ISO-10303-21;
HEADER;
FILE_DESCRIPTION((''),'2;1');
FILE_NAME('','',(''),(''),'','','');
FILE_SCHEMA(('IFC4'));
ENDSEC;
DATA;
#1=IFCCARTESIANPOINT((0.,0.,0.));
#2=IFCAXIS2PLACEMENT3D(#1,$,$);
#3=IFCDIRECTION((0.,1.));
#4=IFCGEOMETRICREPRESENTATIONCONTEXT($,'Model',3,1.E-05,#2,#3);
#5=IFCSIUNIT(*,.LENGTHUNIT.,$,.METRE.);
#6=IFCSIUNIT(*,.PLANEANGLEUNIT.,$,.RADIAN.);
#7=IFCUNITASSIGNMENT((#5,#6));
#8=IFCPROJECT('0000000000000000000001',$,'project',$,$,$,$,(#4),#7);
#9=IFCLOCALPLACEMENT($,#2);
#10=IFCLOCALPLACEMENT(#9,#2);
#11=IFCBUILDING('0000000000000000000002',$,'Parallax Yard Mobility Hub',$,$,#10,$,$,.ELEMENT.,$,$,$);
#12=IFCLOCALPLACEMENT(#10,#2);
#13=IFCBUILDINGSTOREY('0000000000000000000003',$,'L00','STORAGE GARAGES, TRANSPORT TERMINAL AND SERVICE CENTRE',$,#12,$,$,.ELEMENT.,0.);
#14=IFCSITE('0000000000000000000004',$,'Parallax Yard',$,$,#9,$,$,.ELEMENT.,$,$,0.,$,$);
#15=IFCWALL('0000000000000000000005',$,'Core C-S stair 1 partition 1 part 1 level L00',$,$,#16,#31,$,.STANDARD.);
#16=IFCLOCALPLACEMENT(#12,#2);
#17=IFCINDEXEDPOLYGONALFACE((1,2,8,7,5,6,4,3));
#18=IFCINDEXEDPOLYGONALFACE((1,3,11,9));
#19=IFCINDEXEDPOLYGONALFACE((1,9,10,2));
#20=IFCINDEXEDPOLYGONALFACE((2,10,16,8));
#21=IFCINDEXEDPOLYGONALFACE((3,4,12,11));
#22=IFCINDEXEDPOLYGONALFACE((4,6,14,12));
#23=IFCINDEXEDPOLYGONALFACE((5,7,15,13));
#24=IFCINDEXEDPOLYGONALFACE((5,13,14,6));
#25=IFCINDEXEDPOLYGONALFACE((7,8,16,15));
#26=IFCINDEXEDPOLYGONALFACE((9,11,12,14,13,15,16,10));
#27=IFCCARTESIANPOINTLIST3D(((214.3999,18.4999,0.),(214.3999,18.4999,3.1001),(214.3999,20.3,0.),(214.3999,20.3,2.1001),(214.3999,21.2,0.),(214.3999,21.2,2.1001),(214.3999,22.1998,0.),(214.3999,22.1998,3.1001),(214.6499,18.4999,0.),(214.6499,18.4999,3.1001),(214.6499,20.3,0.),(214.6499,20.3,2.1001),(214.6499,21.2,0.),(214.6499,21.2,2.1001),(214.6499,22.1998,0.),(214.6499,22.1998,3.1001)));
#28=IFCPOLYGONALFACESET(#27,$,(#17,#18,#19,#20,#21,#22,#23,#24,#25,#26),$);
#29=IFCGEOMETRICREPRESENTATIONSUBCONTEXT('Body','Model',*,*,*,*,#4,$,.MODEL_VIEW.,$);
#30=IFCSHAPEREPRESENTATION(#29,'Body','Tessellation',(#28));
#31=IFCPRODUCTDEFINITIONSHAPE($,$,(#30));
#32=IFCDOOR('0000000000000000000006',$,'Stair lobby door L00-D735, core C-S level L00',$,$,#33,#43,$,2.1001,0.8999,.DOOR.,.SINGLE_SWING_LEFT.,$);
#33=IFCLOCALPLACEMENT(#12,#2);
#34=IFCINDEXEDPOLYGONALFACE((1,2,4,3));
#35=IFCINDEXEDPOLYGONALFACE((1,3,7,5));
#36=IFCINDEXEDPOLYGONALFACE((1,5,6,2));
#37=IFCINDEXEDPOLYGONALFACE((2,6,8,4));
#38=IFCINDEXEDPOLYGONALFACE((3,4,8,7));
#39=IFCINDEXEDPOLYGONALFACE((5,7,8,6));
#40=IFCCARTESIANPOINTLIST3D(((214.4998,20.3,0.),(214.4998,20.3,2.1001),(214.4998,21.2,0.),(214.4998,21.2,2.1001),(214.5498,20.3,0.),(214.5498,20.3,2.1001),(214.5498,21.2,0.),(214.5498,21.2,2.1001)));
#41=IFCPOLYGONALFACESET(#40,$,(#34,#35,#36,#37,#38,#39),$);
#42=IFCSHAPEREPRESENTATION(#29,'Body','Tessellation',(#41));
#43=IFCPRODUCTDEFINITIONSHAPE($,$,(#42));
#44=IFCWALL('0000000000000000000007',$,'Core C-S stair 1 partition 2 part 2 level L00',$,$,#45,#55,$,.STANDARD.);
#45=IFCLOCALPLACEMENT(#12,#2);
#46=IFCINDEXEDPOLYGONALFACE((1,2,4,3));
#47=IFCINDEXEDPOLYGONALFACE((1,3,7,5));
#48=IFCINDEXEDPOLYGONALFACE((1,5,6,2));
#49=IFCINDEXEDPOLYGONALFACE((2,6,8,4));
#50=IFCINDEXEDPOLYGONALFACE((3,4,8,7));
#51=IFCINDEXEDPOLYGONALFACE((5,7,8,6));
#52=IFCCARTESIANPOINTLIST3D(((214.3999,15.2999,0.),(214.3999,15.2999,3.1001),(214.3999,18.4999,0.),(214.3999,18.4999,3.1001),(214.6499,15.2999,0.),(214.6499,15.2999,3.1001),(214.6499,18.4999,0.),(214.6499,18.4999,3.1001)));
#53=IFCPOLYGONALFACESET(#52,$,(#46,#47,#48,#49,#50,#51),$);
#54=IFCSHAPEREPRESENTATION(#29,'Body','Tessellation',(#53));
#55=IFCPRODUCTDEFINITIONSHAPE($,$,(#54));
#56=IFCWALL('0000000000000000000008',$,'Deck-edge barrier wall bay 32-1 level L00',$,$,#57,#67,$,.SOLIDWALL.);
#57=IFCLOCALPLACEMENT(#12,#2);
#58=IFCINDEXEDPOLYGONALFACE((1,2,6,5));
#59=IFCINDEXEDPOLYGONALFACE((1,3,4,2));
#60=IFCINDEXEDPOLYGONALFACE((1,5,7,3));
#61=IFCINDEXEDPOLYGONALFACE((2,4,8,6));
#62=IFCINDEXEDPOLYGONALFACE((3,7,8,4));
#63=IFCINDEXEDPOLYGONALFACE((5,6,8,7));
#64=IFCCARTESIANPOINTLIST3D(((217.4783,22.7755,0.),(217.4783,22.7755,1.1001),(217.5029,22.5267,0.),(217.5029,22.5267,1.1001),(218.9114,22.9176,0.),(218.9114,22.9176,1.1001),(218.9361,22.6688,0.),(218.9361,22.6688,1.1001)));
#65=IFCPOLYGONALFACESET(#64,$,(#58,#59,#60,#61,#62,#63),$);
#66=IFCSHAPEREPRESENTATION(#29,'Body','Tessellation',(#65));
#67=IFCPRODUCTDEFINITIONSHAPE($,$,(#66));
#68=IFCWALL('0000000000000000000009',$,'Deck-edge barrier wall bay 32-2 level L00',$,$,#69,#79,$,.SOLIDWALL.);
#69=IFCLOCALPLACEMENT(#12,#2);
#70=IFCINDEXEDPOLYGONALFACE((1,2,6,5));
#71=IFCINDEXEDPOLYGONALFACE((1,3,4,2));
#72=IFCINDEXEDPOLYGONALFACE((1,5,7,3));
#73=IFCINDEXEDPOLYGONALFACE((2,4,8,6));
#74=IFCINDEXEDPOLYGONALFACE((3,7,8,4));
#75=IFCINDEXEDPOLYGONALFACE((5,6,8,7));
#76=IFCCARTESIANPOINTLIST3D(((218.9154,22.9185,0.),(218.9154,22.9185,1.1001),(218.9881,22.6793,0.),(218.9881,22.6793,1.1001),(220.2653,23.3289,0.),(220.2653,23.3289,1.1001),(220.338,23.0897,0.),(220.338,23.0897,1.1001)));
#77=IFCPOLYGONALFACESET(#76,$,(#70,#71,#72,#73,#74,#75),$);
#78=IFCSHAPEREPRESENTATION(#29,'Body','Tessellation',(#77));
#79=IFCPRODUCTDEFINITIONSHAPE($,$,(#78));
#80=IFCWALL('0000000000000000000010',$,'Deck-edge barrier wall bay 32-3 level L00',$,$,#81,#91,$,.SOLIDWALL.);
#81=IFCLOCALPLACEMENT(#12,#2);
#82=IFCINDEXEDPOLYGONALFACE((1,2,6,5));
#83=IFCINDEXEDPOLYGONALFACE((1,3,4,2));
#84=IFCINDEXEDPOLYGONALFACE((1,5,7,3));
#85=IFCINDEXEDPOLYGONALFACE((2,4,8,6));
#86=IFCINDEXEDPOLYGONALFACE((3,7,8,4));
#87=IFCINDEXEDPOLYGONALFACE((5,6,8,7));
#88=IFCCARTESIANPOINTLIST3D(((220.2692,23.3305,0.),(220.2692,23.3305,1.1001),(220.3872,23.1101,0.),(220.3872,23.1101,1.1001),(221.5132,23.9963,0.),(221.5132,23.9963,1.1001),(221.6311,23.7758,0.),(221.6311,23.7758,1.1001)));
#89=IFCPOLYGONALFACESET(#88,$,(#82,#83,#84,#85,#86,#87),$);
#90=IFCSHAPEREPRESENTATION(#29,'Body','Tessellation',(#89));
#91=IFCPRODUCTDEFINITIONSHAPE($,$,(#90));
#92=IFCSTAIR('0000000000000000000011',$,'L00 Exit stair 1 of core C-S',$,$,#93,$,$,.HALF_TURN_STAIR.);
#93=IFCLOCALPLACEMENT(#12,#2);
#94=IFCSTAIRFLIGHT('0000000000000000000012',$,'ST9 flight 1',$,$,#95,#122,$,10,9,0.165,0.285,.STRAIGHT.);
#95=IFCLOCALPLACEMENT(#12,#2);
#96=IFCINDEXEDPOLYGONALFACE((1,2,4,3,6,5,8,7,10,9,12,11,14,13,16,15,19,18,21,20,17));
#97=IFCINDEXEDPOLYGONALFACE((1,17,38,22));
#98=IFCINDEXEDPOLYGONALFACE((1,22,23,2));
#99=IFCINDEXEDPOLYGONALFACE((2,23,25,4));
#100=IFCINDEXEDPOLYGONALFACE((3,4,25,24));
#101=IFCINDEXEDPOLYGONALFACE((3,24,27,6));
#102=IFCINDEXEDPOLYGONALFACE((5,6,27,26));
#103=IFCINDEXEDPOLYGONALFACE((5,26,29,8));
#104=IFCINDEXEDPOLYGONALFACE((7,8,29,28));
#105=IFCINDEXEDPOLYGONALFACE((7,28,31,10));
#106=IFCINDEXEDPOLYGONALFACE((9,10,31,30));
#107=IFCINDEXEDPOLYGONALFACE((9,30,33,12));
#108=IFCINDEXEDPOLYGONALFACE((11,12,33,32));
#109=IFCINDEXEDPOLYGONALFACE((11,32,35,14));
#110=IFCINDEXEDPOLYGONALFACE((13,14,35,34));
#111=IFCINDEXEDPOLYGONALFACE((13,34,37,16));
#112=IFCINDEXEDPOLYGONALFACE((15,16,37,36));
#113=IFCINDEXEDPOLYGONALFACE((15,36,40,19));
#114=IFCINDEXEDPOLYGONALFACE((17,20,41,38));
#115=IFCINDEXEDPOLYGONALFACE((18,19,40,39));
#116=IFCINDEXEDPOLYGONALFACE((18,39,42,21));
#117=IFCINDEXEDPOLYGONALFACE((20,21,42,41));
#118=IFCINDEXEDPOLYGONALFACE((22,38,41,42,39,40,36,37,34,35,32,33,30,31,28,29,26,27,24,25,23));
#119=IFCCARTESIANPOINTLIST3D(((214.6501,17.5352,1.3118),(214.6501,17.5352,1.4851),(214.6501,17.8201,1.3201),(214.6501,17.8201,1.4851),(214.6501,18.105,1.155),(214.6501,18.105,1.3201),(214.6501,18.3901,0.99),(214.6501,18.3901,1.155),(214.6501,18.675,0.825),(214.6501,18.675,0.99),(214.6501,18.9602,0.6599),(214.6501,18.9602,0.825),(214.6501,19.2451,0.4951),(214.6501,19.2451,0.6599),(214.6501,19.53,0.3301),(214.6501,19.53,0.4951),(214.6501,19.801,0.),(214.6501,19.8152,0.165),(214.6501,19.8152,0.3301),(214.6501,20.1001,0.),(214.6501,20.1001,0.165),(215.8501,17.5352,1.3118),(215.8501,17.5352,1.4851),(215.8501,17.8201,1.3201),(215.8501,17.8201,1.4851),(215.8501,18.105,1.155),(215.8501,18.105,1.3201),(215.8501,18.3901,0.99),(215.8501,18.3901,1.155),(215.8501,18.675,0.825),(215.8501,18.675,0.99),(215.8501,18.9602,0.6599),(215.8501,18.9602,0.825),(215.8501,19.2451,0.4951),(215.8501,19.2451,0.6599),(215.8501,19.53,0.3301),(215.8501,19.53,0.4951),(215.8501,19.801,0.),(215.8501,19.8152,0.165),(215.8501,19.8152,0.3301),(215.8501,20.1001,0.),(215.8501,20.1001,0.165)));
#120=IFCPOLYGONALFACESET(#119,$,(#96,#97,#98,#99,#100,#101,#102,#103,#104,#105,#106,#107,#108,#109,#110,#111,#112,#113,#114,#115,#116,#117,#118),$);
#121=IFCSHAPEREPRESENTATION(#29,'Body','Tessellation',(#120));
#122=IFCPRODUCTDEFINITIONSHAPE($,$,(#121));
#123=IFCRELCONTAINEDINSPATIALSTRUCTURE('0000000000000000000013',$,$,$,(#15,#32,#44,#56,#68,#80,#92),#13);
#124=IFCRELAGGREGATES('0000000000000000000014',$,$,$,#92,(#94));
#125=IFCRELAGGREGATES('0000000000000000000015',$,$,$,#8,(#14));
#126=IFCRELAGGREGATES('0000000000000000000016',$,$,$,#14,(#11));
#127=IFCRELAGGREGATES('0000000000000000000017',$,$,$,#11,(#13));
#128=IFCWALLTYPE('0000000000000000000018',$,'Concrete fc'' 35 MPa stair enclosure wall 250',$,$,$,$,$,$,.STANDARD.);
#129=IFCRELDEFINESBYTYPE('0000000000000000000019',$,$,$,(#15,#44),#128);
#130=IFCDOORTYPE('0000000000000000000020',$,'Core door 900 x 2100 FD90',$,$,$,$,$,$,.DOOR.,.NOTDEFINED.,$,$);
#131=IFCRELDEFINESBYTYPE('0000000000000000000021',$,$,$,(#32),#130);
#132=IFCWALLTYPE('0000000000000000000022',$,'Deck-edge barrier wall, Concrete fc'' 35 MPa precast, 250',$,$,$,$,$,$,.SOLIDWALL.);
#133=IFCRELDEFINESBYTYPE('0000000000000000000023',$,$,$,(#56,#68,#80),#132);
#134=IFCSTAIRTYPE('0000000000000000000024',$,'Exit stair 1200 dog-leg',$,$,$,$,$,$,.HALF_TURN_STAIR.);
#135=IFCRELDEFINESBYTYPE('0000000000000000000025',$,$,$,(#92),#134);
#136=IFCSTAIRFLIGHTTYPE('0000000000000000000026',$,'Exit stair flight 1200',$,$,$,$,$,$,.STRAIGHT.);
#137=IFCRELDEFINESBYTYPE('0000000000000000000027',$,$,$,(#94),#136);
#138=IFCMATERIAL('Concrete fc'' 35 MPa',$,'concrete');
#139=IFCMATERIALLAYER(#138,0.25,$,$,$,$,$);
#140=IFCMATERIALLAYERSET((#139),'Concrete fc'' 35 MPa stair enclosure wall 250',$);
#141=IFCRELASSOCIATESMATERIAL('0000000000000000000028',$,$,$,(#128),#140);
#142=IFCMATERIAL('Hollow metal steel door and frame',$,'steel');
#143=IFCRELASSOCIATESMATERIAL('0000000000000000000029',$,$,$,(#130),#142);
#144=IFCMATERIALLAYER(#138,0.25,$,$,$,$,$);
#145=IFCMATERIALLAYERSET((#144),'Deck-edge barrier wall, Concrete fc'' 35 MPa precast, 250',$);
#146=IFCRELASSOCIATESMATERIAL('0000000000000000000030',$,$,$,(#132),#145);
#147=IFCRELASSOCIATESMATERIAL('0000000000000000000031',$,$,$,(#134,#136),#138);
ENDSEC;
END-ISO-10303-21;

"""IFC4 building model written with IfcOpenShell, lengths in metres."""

from ifc_helpers import new_model, si_unit, direction, frame, frame_2d, origin, place, context, subcontext, project, spatial, polyline, rectangle, outline, extrude, material, layer, layer_set, type_object, element, fill, aggregate, save


model = new_model("IFC4")

# Units and contexts
model_context = context("Model", 3, precision=1e-05, world=origin(), true_north=direction((0.0, 1.0)))
body_context = subcontext(model_context, "Body", "Model", "MODEL_VIEW")
ifc_project = project(units=[si_unit("LENGTHUNIT", "METRE"), si_unit("PLANEANGLEUNIT", "RADIAN")], contexts=[model_context])

# Site, building, storey
site_placement = place(None, origin())
site = spatial("IfcSite", under=ifc_project, at=site_placement, Name="Parallax Yard", CompositionType="ELEMENT", RefElevation=0.0)
building_placement = place(site_placement, origin())
building = spatial("IfcBuilding", under=site, at=building_placement, Name="Parallax Yard Mobility Hub", CompositionType="ELEMENT")
storey_placement = place(building_placement, origin())
storey = spatial("IfcBuildingStorey", under=building, at=storey_placement, Name="L00", Description="STORAGE GARAGES, TRANSPORT TERMINAL AND SERVICE CENTRE", CompositionType="ELEMENT", Elevation=0.0)

# Shared definitions
ifc_material_1 = material(Name="Concrete fc' 35 MPa", Category="concrete")
ifc_material_2 = material(Name="Hollow metal steel door and frame", Category="steel")

# Wall, opening, door
ifc_layer_1 = layer(ifc_material_1, 0.25)
ifc_layer_set_1 = layer_set([ifc_layer_1], Name="Concrete fc' 35 MPa stair enclosure wall 250")
wall_type_1 = type_object("IfcWallType", Name="Concrete fc' 35 MPa stair enclosure wall 250", PredefinedType="STANDARD", material=ifc_layer_set_1)
wall_1_placement = place(storey_placement, frame((214.5249, 22.2, 0.0), z_axis=(0.0, 0.0, 1.0), x_axis=(0.0, -1.0, 0.0)))
wall_1 = element("IfcWall", 1, at=wall_1_placement, inside=storey, type_object=wall_type_1, Name="Core C-S stair 1 partition 1 part 1 level L00", PredefinedType="STANDARD", context=body_context, shape_type="SweptSolid", body=[
    extrude(rectangle(XDim=3.7, YDim=0.25, at=frame_2d((1.8501, 0.0))), origin(), (0.0, 0.0, 1.0), 3.1001),
])
opening_1_placement = place(wall_1_placement, frame((1.0, 0.0, 0.0)))
opening_1 = element("IfcOpeningElement", 2, at=opening_1_placement, cuts=wall_1, PredefinedType="OPENING", context=body_context, shape_type="SweptSolid", body=[
    extrude(rectangle(XDim=0.8999, YDim=2.1001, at=frame_2d((0.45, 1.05))), frame((0.0, 0.135, 0.0), z_axis=(0.0, -1.0, 0.0), x_axis=(1.0, 0.0, 0.0)), (0.0, 0.0, 1.0), 0.27),
])
door_type_1 = type_object("IfcDoorType", Name="Core door 900 x 2100 FD90", OperationType="NOTDEFINED", PredefinedType="DOOR", material=ifc_material_2)
door_1_placement = place(opening_1_placement, origin())
door_1 = element("IfcDoor", 3, at=door_1_placement, inside=storey, type_object=door_type_1, Name="Stair lobby door L00-D735, core C-S level L00", OperationType="SINGLE_SWING_LEFT", OverallHeight=2.1001, OverallWidth=0.8999, PredefinedType="DOOR", context=body_context, shape_type="SweptSolid", body=[
    extrude(rectangle(XDim=0.8999, YDim=2.1001, at=frame_2d((0.45, 1.05))), frame((0.0, 0.0249, 0.0), z_axis=(0.0, -1.0, 0.0), x_axis=(1.0, 0.0, 0.0)), (0.0, 0.0, 1.0), 0.05),
])
fill(opening_1, door_1)

# Walls
wall_2_placement = place(storey_placement, frame((214.5249, 18.5, 0.0), z_axis=(0.0, 0.0, 1.0), x_axis=(0.0, -1.0, 0.0)))
element("IfcWall", 4, at=wall_2_placement, inside=storey, type_object=wall_type_1, Name="Core C-S stair 1 partition 2 part 2 level L00", PredefinedType="STANDARD", context=body_context, shape_type="SweptSolid", body=[
    extrude(rectangle(XDim=3.2, YDim=0.25, at=frame_2d((1.6001, 0.0))), origin(), (0.0, 0.0, 1.0), 3.1001),
])
ifc_layer_2 = layer(ifc_material_1, 0.25)
ifc_layer_set_2 = layer_set([ifc_layer_2], Name="Deck-edge barrier wall, Concrete fc' 35 MPa precast, 250")
wall_type_2 = type_object("IfcWallType", Name="Deck-edge barrier wall, Concrete fc' 35 MPa precast, 250", PredefinedType="SOLIDWALL", material=ifc_layer_set_2)
wall_3_placement = place(storey_placement, frame((217.4905, 22.6511, 0.0), z_axis=(0.0, 0.0, 1.0), x_axis=(0.995121, 0.098664, 0.0)))
element("IfcWall", 5, at=wall_3_placement, inside=storey, type_object=wall_type_2, Name="Deck-edge barrier wall bay 32-1 level L00", PredefinedType="SOLIDWALL", context=body_context, shape_type="SweptSolid", body=[
    extrude(rectangle(XDim=1.4402, YDim=0.25, at=frame_2d((0.7202, 0.0))), origin(), (0.0, 0.0, 1.0), 1.1001),
])
for number, where, z_axis, x_axis, name in (
    (6, (218.9517, 22.7988, 0.0), (0.0, 0.0, 1.0), (0.956758, 0.290886, 0.0), "Deck-edge barrier wall bay 32-2 level L00"),
    (7, (220.3281, 23.2202, 0.0), (0.0, 0.0, 1.0), (0.881657, 0.47189, 0.0), "Deck-edge barrier wall bay 32-3 level L00"),
):
    element("IfcWall", number, at=place(storey_placement, frame(where, z_axis=z_axis, x_axis=x_axis)), inside=storey, type_object=wall_type_2, Name=name, PredefinedType="SOLIDWALL", context=body_context, shape_type="SweptSolid", body=[
        extrude(rectangle(XDim=1.4109, YDim=0.25, at=frame_2d((0.7056, 0.0))), origin(), (0.0, 0.0, 1.0), 1.1001),
    ])

# Stair, stair flight
stair_type = type_object("IfcStairType", Name="Exit stair 1200 dog-leg", PredefinedType="HALF_TURN_STAIR", material=ifc_material_1)
stair_placement = place(storey_placement, origin())
stair = element("IfcStair", 8, at=stair_placement, inside=storey, type_object=stair_type, Name="L00 Exit stair 1 of core C-S", PredefinedType="HALF_TURN_STAIR")
stair_flight_type = type_object("IfcStairFlightType", Name="Exit stair flight 1200", PredefinedType="STRAIGHT", material=ifc_material_1)
stair_flight_placement = place(storey_placement, frame((215.25, 20.1001, 0.0), z_axis=(0.0, 0.0, 1.0), x_axis=(0.0, -1.0, 0.0)))
stair_flight = element("IfcStairFlight", 9, at=stair_flight_placement, type_object=stair_flight_type, Name="ST9 flight 1", NumberOfRisers=10, NumberOfTreads=9, PredefinedType="STRAIGHT", RiserHeight=0.165, TreadLength=0.285, context=body_context, shape_type="SweptSolid", body=[
    extrude(outline(polyline([(0.0, 0.0), (0.0, 0.165), (0.2849, 0.165), (0.2849, 0.3301), (0.5701, 0.3301), (0.5701, 0.4951), (0.855, 0.4951), (0.855, 0.6599), (1.1399, 0.6599), (1.1399, 0.825), (1.425, 0.825), (1.425, 0.99), (1.71, 0.99), (1.71, 1.155), (1.9951, 1.155), (1.9951, 1.3201), (2.28, 1.3201), (2.28, 1.4851), (2.5649, 1.4851), (2.5649, 1.6499), (2.5649, 1.3118), (0.2991, 0.0), (0.0, 0.0)])), frame((0.0, 0.6001, 0.0), z_axis=(0.0, -1.0, 0.0), x_axis=(1.0, 0.0, 0.0)), (0.0, 0.0, 1.0), 1.2),
])
aggregate(stair, [stair_flight])

save(model, "model.ifc")
